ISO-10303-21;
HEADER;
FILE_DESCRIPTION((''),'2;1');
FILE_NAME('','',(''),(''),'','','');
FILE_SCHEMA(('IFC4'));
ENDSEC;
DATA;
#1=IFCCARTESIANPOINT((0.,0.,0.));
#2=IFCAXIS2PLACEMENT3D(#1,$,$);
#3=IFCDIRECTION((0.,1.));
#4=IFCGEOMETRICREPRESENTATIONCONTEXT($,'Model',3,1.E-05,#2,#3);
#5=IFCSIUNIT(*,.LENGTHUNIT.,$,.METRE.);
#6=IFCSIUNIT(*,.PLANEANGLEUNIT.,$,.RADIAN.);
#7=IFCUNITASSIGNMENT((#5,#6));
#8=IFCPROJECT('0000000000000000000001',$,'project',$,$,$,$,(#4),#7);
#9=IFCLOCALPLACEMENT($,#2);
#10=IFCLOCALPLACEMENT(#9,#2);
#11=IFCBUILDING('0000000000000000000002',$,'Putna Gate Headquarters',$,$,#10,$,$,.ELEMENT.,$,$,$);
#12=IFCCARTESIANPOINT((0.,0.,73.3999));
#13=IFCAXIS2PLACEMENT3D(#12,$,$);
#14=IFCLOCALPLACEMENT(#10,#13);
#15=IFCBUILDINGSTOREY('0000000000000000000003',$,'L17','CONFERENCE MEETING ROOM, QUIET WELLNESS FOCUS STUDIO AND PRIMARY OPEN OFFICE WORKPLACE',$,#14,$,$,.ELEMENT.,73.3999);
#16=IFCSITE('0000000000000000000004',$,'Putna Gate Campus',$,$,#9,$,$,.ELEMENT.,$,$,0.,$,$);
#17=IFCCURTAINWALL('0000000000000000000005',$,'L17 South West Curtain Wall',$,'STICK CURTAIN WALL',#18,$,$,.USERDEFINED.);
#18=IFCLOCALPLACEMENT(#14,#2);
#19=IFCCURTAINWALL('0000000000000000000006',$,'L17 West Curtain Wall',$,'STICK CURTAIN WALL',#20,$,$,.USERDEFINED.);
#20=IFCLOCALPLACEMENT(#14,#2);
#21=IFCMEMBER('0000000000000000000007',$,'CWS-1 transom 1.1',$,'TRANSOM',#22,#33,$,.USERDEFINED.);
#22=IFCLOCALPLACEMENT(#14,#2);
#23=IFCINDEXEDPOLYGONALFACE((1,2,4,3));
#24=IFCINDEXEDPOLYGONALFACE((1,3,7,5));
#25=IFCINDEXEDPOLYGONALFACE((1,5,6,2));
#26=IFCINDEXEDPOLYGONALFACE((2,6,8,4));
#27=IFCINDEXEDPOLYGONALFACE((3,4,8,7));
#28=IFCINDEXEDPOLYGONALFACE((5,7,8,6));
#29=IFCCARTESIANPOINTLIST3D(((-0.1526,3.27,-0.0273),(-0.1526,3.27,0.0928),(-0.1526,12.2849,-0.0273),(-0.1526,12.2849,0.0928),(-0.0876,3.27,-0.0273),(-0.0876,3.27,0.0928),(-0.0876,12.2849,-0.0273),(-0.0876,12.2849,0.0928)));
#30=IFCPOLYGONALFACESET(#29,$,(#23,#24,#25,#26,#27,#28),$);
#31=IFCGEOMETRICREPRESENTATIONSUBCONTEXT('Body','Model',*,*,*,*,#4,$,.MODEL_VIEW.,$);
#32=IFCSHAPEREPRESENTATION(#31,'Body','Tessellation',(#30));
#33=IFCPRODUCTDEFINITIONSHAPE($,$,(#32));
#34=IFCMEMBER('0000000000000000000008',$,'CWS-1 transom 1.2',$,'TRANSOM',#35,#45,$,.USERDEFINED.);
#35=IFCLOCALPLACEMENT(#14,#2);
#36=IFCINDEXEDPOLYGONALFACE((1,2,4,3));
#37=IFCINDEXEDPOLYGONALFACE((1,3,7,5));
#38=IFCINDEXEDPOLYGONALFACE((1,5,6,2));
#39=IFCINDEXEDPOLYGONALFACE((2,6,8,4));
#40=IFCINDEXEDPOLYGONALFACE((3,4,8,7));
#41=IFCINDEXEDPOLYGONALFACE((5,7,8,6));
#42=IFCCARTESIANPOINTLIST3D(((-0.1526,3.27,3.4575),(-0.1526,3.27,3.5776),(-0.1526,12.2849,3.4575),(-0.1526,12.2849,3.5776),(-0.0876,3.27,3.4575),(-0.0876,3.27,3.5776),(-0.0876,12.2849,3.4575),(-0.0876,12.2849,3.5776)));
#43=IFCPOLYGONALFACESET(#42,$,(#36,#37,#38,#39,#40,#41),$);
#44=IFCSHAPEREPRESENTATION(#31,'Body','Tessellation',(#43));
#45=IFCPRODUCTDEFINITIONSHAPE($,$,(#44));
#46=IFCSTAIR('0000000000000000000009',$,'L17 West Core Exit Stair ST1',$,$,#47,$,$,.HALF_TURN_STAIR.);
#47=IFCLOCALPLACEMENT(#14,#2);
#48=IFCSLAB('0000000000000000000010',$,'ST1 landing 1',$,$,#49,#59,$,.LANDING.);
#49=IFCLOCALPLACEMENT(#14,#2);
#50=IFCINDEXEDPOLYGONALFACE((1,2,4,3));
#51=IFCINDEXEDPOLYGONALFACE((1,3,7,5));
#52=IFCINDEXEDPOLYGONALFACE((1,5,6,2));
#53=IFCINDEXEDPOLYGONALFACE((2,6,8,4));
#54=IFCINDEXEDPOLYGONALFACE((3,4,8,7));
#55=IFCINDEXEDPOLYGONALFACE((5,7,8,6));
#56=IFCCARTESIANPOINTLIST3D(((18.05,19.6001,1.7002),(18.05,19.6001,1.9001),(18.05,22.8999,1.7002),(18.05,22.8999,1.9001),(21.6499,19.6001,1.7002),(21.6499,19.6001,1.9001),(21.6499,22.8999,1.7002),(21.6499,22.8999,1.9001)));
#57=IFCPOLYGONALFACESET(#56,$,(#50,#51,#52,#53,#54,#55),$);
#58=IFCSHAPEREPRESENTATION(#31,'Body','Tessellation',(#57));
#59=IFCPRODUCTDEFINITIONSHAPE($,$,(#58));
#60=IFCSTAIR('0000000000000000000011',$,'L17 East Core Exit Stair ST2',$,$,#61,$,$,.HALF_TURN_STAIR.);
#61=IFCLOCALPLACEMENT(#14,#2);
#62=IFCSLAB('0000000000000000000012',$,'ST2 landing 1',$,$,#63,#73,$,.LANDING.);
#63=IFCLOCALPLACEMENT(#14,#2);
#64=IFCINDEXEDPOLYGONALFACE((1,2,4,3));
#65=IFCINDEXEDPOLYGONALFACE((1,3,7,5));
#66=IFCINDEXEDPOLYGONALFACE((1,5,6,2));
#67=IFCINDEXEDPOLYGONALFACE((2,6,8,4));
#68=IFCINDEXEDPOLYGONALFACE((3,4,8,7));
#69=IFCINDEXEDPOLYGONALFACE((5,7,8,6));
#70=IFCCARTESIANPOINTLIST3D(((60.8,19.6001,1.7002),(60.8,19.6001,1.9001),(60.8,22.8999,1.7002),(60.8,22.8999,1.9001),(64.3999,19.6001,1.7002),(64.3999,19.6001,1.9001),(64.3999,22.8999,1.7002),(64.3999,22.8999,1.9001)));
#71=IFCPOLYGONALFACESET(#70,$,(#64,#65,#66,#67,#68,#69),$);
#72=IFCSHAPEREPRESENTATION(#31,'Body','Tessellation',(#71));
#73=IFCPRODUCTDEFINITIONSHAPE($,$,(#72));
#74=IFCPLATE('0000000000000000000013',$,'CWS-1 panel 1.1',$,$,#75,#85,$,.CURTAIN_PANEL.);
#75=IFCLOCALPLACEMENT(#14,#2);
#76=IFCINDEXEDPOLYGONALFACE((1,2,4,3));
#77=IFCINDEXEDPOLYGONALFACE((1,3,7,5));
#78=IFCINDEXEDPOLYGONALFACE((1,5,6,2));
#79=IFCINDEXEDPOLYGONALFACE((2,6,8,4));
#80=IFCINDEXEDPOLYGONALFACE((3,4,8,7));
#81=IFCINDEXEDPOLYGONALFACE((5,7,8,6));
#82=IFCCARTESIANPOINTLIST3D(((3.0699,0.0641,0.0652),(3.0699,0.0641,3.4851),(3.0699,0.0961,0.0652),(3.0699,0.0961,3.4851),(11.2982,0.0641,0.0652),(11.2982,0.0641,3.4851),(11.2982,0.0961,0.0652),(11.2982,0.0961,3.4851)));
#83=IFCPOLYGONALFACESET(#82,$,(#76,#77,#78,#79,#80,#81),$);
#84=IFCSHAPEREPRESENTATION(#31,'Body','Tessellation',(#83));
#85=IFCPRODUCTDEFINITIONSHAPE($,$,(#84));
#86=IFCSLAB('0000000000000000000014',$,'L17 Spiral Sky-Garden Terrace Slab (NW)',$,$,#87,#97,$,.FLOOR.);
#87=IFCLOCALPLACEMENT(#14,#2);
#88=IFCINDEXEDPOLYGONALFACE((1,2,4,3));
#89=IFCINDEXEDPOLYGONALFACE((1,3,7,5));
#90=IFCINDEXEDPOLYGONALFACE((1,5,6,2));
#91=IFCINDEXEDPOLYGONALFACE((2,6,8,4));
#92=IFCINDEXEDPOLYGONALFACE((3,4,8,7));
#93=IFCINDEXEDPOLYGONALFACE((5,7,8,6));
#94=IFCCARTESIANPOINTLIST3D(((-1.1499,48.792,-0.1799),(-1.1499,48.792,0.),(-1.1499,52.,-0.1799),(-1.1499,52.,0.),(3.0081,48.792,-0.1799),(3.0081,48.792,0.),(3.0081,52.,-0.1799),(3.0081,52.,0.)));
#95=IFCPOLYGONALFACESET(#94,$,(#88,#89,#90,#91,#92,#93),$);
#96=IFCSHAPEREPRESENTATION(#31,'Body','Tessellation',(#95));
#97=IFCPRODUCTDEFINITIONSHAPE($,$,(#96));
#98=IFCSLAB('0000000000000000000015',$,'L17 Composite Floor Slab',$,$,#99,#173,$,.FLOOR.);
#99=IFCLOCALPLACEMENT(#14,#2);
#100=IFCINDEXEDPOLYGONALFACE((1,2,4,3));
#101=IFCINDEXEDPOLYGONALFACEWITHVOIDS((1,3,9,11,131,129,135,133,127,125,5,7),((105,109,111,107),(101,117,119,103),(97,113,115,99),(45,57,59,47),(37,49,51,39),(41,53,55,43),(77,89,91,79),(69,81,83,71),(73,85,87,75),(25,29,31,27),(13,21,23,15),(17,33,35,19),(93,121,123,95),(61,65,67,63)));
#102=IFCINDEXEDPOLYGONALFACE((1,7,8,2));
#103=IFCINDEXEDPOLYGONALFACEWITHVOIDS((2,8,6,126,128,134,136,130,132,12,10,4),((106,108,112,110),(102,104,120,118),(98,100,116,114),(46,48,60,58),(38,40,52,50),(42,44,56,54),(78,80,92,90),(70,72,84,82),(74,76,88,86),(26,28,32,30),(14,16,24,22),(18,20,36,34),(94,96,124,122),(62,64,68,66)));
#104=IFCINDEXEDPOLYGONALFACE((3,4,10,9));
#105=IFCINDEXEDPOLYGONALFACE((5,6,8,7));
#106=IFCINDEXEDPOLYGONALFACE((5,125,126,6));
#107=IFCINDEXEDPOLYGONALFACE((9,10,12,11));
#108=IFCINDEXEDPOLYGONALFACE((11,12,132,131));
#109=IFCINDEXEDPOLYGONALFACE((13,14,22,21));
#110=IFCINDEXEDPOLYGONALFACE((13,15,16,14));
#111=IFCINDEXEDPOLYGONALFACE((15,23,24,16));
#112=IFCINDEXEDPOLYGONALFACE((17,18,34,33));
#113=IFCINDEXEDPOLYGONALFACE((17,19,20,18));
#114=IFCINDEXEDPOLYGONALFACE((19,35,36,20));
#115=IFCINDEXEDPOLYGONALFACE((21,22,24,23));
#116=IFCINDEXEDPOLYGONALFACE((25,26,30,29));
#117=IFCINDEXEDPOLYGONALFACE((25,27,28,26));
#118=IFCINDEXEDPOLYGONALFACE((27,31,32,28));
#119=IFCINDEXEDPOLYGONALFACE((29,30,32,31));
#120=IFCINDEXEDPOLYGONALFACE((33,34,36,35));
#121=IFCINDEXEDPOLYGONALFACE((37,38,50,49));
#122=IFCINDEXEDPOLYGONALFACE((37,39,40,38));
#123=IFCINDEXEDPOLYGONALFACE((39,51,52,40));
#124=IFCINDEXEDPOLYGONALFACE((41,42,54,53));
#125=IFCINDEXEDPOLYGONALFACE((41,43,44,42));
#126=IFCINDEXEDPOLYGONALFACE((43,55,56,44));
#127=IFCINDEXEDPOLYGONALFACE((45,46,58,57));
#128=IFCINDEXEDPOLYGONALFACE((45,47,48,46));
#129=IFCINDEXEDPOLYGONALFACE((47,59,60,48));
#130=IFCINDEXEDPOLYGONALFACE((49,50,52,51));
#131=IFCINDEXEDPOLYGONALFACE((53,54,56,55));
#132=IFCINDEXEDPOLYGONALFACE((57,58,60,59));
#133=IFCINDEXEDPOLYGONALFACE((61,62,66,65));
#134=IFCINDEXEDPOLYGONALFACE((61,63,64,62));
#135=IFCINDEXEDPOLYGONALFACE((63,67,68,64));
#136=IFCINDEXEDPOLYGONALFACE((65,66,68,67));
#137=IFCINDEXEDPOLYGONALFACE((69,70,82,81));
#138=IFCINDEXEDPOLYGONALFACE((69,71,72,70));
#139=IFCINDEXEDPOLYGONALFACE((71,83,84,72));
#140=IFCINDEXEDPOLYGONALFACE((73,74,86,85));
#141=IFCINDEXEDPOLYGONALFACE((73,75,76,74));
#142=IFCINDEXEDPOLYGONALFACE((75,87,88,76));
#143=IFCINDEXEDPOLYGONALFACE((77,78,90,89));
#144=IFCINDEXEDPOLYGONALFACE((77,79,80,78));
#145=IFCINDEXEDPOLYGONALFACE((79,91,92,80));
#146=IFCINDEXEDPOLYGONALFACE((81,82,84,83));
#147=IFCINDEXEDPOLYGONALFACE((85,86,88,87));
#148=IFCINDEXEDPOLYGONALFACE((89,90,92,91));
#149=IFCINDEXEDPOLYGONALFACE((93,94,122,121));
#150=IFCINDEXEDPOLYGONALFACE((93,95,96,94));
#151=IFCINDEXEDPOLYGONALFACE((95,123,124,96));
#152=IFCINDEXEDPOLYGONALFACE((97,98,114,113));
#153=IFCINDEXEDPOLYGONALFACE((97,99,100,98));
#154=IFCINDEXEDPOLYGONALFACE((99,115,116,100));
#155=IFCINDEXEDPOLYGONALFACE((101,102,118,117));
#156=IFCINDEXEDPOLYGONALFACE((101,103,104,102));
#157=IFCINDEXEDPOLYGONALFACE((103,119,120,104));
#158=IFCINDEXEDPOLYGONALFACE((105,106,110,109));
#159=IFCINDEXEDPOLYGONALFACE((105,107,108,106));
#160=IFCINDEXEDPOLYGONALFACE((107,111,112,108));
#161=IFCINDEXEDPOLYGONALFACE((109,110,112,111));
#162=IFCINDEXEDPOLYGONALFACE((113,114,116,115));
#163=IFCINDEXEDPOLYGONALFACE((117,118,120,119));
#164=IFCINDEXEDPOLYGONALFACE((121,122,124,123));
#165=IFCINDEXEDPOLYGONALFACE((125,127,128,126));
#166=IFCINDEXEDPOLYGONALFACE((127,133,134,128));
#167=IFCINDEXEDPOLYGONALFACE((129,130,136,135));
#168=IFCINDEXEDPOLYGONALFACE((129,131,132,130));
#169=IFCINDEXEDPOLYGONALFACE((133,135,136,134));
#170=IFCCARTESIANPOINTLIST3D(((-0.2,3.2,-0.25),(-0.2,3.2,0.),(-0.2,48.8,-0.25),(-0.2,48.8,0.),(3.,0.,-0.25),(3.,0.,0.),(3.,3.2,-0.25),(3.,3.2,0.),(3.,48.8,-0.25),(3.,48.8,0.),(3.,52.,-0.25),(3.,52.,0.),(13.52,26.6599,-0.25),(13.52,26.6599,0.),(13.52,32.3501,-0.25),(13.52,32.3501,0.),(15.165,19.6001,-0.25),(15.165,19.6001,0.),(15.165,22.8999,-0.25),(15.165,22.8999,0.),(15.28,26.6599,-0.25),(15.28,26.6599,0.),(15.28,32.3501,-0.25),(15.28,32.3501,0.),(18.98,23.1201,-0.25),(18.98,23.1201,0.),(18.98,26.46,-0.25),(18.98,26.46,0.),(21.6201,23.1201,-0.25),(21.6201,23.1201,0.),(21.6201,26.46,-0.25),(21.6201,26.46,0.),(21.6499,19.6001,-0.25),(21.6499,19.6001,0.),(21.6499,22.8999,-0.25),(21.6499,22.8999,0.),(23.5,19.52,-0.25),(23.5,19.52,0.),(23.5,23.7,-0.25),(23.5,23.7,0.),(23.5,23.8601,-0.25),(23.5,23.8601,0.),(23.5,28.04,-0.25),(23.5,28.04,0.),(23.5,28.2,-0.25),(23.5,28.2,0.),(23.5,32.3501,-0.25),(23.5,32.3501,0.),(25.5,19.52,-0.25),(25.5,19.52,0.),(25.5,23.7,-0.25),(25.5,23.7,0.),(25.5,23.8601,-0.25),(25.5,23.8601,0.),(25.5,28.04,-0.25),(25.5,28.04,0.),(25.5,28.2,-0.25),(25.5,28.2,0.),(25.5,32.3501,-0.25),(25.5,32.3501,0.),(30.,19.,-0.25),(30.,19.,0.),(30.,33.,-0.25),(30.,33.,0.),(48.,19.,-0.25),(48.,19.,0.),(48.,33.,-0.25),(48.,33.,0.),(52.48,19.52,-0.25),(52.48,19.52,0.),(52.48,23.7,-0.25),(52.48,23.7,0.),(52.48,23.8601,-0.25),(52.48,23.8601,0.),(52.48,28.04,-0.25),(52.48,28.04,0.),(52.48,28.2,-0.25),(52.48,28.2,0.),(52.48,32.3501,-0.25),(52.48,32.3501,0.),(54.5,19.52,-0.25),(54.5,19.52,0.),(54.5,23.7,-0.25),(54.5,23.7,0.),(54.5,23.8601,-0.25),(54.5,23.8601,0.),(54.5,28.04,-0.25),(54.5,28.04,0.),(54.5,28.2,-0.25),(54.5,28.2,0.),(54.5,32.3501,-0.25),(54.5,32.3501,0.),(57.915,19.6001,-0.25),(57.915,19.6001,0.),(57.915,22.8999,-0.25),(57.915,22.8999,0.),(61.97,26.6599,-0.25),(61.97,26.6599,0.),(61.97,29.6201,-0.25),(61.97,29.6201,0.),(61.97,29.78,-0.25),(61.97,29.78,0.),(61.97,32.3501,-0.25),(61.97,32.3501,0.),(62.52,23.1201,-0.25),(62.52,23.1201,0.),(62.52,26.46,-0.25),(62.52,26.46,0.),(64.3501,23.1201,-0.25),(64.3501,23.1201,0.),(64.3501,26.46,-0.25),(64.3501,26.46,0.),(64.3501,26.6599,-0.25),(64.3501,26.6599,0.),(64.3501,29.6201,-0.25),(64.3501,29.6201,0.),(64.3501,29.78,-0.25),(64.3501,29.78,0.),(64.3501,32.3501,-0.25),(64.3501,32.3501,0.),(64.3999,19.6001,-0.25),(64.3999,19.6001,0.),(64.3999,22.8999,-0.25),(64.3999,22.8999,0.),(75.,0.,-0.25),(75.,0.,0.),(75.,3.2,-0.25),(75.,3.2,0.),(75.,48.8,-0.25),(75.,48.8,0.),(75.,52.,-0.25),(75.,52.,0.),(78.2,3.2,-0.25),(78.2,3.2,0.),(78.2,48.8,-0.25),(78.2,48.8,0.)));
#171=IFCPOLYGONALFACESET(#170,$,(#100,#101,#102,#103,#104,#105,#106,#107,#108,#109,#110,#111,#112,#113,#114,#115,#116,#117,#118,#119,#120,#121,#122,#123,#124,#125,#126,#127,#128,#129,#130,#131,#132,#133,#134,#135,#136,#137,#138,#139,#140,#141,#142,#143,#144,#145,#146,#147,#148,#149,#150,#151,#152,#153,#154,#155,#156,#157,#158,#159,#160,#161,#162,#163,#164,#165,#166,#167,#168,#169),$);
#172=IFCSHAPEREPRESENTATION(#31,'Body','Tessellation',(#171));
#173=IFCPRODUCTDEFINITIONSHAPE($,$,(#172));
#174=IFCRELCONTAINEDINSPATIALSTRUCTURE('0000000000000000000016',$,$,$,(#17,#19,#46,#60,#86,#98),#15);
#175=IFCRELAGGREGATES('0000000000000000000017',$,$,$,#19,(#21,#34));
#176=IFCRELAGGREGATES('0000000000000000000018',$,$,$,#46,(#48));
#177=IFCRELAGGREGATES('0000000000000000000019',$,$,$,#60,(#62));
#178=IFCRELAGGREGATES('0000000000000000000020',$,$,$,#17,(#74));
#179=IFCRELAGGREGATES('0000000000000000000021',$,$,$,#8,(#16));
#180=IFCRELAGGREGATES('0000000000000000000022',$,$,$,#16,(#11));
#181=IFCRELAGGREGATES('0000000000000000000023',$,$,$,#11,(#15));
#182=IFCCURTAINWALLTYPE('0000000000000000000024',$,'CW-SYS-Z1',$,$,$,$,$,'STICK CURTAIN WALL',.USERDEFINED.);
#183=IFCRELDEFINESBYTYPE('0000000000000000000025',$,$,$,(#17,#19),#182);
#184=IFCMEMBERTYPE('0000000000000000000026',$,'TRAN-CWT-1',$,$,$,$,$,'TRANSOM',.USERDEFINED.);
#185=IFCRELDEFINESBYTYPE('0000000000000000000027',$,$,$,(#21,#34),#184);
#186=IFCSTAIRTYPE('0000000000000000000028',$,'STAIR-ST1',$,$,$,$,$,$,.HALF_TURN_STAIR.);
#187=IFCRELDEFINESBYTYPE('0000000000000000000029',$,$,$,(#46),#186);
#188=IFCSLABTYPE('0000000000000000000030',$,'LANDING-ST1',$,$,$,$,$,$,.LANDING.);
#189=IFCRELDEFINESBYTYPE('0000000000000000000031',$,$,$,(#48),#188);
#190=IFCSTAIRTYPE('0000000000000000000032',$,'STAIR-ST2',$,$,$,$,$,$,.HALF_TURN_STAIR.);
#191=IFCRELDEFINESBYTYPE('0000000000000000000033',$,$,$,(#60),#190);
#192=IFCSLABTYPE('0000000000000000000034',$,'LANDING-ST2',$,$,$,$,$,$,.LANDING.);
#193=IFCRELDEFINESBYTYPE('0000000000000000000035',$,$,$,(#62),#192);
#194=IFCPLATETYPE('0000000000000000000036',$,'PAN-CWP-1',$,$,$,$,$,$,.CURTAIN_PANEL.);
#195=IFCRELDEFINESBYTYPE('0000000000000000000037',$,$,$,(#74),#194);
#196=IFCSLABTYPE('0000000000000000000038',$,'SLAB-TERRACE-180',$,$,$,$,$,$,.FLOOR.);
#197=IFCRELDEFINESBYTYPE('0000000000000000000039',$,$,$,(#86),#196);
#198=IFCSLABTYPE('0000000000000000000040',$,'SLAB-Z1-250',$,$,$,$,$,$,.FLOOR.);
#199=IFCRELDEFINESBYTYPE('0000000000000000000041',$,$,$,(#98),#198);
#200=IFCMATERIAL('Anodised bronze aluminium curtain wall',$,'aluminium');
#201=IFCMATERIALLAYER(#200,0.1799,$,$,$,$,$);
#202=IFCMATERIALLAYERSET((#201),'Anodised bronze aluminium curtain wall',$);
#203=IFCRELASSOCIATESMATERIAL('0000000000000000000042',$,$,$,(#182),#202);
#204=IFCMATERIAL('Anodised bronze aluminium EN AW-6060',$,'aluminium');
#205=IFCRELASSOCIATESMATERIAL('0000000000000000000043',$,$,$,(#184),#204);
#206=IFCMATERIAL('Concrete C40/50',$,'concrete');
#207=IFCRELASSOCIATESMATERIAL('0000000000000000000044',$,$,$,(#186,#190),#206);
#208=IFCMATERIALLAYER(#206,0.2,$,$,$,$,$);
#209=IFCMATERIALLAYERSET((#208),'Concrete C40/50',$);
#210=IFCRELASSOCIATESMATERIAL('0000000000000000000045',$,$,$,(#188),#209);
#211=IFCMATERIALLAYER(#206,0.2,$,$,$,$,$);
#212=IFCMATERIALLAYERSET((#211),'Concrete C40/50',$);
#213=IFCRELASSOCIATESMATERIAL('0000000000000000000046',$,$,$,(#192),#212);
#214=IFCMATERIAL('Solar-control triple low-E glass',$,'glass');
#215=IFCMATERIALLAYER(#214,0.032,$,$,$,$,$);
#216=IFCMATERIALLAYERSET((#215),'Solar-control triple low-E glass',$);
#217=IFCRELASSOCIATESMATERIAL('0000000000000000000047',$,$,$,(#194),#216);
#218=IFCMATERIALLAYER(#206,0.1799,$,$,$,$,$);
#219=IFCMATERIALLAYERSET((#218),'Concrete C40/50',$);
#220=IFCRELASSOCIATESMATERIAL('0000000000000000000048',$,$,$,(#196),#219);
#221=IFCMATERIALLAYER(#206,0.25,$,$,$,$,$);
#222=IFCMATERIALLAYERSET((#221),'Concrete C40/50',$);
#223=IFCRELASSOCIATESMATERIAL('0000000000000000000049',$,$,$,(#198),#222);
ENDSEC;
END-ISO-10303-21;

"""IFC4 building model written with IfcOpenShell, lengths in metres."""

from ifc_helpers import new_model, si_unit, direction, frame, origin, origin_2d, place, context, subcontext, project, spatial, polyline, rectangle, outline, extrude, material, layer, layer_set, material_profile, profile_set, type_object, element, aggregate, save


model = new_model("IFC4")

# Units and contexts
model_context = context("Model", 3, precision=1e-05, world=origin(), true_north=direction((0.0, 1.0)))
body_context = subcontext(model_context, "Body", "Model", "MODEL_VIEW")
ifc_project = project(units=[si_unit("LENGTHUNIT", "METRE"), si_unit("PLANEANGLEUNIT", "RADIAN")], contexts=[model_context])

# Site, building, storey
site_placement = place(None, origin())
site = spatial("IfcSite", under=ifc_project, at=site_placement, Name="Putna Gate Campus", CompositionType="ELEMENT", RefElevation=0.0)
building_placement = place(site_placement, origin())
building = spatial("IfcBuilding", under=site, at=building_placement, Name="Putna Gate Headquarters", CompositionType="ELEMENT")
storey_placement = place(building_placement, frame((0.0, 0.0, 73.3999)))
storey = spatial("IfcBuildingStorey", under=building, at=storey_placement, Name="L17", Description="CONFERENCE MEETING ROOM, QUIET WELLNESS FOCUS STUDIO AND PRIMARY OPEN OFFICE WORKPLACE", CompositionType="ELEMENT", Elevation=73.3999)

# Curtain wall
ifc_material_1 = material(Name="Anodised bronze aluminium curtain wall", Category="aluminium")
ifc_layer_1 = layer(ifc_material_1, 0.1799)
ifc_layer_set_1 = layer_set([ifc_layer_1], Name="Anodised bronze aluminium curtain wall")
curtain_wall_type = type_object("IfcCurtainWallType", Name="CW-SYS-Z1", ElementType="STICK CURTAIN WALL", PredefinedType="USERDEFINED", material=ifc_layer_set_1)
curtain_wall_1_placement = place(storey_placement, origin())
curtain_wall_1 = element("IfcCurtainWall", 1, at=curtain_wall_1_placement, inside=storey, type_object=curtain_wall_type, Name="L17 South West Curtain Wall", ObjectType="STICK CURTAIN WALL", PredefinedType="USERDEFINED")
ifc_material_2 = material(Name="Anodised bronze aluminium EN AW-6060", Category="aluminium")

# Curtain wall
curtain_wall_2_placement = place(storey_placement, origin())
curtain_wall_2 = element("IfcCurtainWall", 2, at=curtain_wall_2_placement, inside=storey, type_object=curtain_wall_type, Name="L17 West Curtain Wall", ObjectType="STICK CURTAIN WALL", PredefinedType="USERDEFINED")

# Members
ifc_material_profile_1 = material_profile(ifc_material_2, rectangle(XDim=0.0649, YDim=0.1201, at=origin_2d()), Name="Anodised bronze aluminium EN AW-6060")
ifc_profile_set_1 = profile_set([ifc_material_profile_1], Name="Anodised bronze aluminium EN AW-6060")
member_type_1 = type_object("IfcMemberType", Name="TRAN-CWT-1", ElementType="TRANSOM", PredefinedType="USERDEFINED", material=ifc_profile_set_1)
member_1_placement = place(storey_placement, frame((-0.1201, 3.27, 0.0327), z_axis=(0.0, 1.0, 0.0), x_axis=(-1.0, 0.0, 0.0)))
member_1 = element("IfcMember", 3, at=member_1_placement, type_object=member_type_1, Name="CWS-1 transom 1.1", ObjectType="TRANSOM", PredefinedType="USERDEFINED", context=body_context, shape_type="SweptSolid", body=[
    extrude(rectangle(XDim=0.0649, YDim=0.1201, at=origin_2d()), origin(), (0.0, 0.0, 1.0), 9.0149),
])
member_2_placement = place(storey_placement, frame((-0.1201, 3.27, 3.5176), z_axis=(0.0, 1.0, 0.0), x_axis=(-1.0, 0.0, 0.0)))
member_2 = element("IfcMember", 4, at=member_2_placement, type_object=member_type_1, Name="CWS-1 transom 1.2", ObjectType="TRANSOM", PredefinedType="USERDEFINED", context=body_context, shape_type="SweptSolid", body=[
    extrude(rectangle(XDim=0.0649, YDim=0.1201, at=origin_2d()), origin(), (0.0, 0.0, 1.0), 9.0149),
])
aggregate(curtain_wall_2, [member_1, member_2])

# Stairs, slabs
ifc_material_3 = material(Name="Concrete C40/50", Category="concrete")
stair_type_1 = type_object("IfcStairType", Name="STAIR-ST1", PredefinedType="HALF_TURN_STAIR", material=ifc_material_3)
stair_1_placement = place(storey_placement, origin())
stair_1 = element("IfcStair", 5, at=stair_1_placement, inside=storey, type_object=stair_type_1, Name="L17 West Core Exit Stair ST1", PredefinedType="HALF_TURN_STAIR")
ifc_layer_2 = layer(ifc_material_3, 0.2)
ifc_layer_set_2 = layer_set([ifc_layer_2], Name="Concrete C40/50")
slab_type_1 = type_object("IfcSlabType", Name="LANDING-ST1", PredefinedType="LANDING", material=ifc_layer_set_2)
slab_1_placement = place(storey_placement, frame((0.0, 0.0, 1.7002)))
slab_1 = element("IfcSlab", 6, at=slab_1_placement, type_object=slab_type_1, Name="ST1 landing 1", PredefinedType="LANDING", context=body_context, shape_type="SweptSolid", body=[
    extrude(outline(polyline([(18.05, 19.6001), (21.6499, 19.6001), (21.6499, 22.8999), (18.05, 22.8999), (18.05, 19.6001)])), origin(), (0.0, 0.0, 1.0), 0.2),
])
aggregate(stair_1, [slab_1])
stair_type_2 = type_object("IfcStairType", Name="STAIR-ST2", PredefinedType="HALF_TURN_STAIR", material=ifc_material_3)
stair_2_placement = place(storey_placement, origin())
stair_2 = element("IfcStair", 7, at=stair_2_placement, inside=storey, type_object=stair_type_2, Name="L17 East Core Exit Stair ST2", PredefinedType="HALF_TURN_STAIR")
ifc_layer_3 = layer(ifc_material_3, 0.2)
ifc_layer_set_3 = layer_set([ifc_layer_3], Name="Concrete C40/50")
slab_type_2 = type_object("IfcSlabType", Name="LANDING-ST2", PredefinedType="LANDING", material=ifc_layer_set_3)
slab_2_placement = place(storey_placement, frame((0.0, 0.0, 1.7002)))
slab_2 = element("IfcSlab", 8, at=slab_2_placement, type_object=slab_type_2, Name="ST2 landing 1", PredefinedType="LANDING", context=body_context, shape_type="SweptSolid", body=[
    extrude(outline(polyline([(60.8, 19.6001), (64.3999, 19.6001), (64.3999, 22.8999), (60.8, 22.8999), (60.8, 19.6001)])), origin(), (0.0, 0.0, 1.0), 0.2),
])
aggregate(stair_2, [slab_2])

# Plate
ifc_material_4 = material(Name="Solar-control triple low-E glass", Category="glass")
ifc_layer_4 = layer(ifc_material_4, 0.032)
ifc_layer_set_4 = layer_set([ifc_layer_4], Name="Solar-control triple low-E glass")
plate_type = type_object("IfcPlateType", Name="PAN-CWP-1", PredefinedType="CURTAIN_PANEL", material=ifc_layer_set_4)
plate_placement = place(storey_placement, frame((7.1841, 0.0801, 0.0652), z_axis=(0.0, 0.0, 1.0), x_axis=(1.0, 0.0, 0.0)))
plate = element("IfcPlate", 9, at=plate_placement, type_object=plate_type, Name="CWS-1 panel 1.1", PredefinedType="CURTAIN_PANEL", context=body_context, shape_type="SweptSolid", body=[
    extrude(rectangle(XDim=8.2283, YDim=0.032, at=origin_2d()), origin(), (0.0, 0.0, 1.0), 3.4199),
])
aggregate(curtain_wall_1, [plate])

# Slabs
ifc_layer_5 = layer(ifc_material_3, 0.1799)
ifc_layer_set_5 = layer_set([ifc_layer_5], Name="Concrete C40/50")
slab_type_3 = type_object("IfcSlabType", Name="SLAB-TERRACE-180", PredefinedType="FLOOR", material=ifc_layer_set_5)
slab_3_placement = place(storey_placement, frame((0.0, 0.0, -0.1799)))
element("IfcSlab", 10, at=slab_3_placement, inside=storey, type_object=slab_type_3, Name="L17 Spiral Sky-Garden Terrace Slab (NW)", PredefinedType="FLOOR", context=body_context, shape_type="SweptSolid", body=[
    extrude(outline(polyline([(-1.1499, 48.792), (3.0081, 48.792), (3.0081, 52.0), (-1.1499, 52.0), (-1.1499, 48.792)])), origin(), (0.0, 0.0, 1.0), 0.1799),
])
ifc_layer_6 = layer(ifc_material_3, 0.25)
ifc_layer_set_6 = layer_set([ifc_layer_6], Name="Concrete C40/50")
slab_type_4 = type_object("IfcSlabType", Name="SLAB-Z1-250", PredefinedType="FLOOR", material=ifc_layer_set_6)
slab_4_placement = place(storey_placement, frame((0.0, 0.0, -0.25)))
element("IfcSlab", 11, at=slab_4_placement, inside=storey, type_object=slab_type_4, Name="L17 Composite Floor Slab", PredefinedType="FLOOR", context=body_context, shape_type="SweptSolid", body=[
    extrude(outline(polyline([(3.0, 0.0), (75.0, 0.0), (75.0, 3.2), (78.2, 3.2), (78.2, 48.8), (75.0, 48.8), (75.0, 52.0), (3.0, 52.0), (3.0, 48.8), (-0.2, 48.8), (-0.2, 3.2), (3.0, 3.2), (3.0, 0.0)]), holes=[polyline([(15.165, 19.6001), (21.6499, 19.6001), (21.6499, 22.8999), (15.165, 22.8999), (15.165, 19.6001)]), polyline([(57.915, 19.6001), (64.3999, 19.6001), (64.3999, 22.8999), (57.915, 22.8999), (57.915, 19.6001)]), polyline([(13.52, 26.6599), (15.28, 26.6599), (15.28, 32.3501), (13.52, 32.3501), (13.52, 26.6599)]), polyline([(61.97, 29.78), (64.3501, 29.78), (64.3501, 32.3501), (61.97, 32.3501), (61.97, 29.78)]), polyline([(18.98, 23.1201), (21.6201, 23.1201), (21.6201, 26.46), (18.98, 26.46), (18.98, 23.1201)]), polyline([(62.52, 23.1201), (64.3501, 23.1201), (64.3501, 26.46), (62.52, 26.46), (62.52, 23.1201)]), polyline([(61.97, 26.6599), (64.3501, 26.6599), (64.3501, 29.6201), (61.97, 29.6201), (61.97, 26.6599)]), polyline([(23.5, 19.52), (25.5, 19.52), (25.5, 23.7), (23.5, 23.7), (23.5, 19.52)]), polyline([(52.48, 19.52), (54.5, 19.52), (54.5, 23.7), (52.48, 23.7), (52.48, 19.52)]), polyline([(23.5, 23.8601), (25.5, 23.8601), (25.5, 28.04), (23.5, 28.04), (23.5, 23.8601)]), polyline([(52.48, 23.8601), (54.5, 23.8601), (54.5, 28.04), (52.48, 28.04), (52.48, 23.8601)]), polyline([(23.5, 28.2), (25.5, 28.2), (25.5, 32.3501), (23.5, 32.3501), (23.5, 28.2)]), polyline([(52.48, 28.2), (54.5, 28.2), (54.5, 32.3501), (52.48, 32.3501), (52.48, 28.2)]), polyline([(30.0, 19.0), (48.0, 19.0), (48.0, 33.0), (30.0, 33.0), (30.0, 19.0)])]), origin(), (0.0, 0.0, 1.0), 0.25),
])

save(model, "model.ifc")
